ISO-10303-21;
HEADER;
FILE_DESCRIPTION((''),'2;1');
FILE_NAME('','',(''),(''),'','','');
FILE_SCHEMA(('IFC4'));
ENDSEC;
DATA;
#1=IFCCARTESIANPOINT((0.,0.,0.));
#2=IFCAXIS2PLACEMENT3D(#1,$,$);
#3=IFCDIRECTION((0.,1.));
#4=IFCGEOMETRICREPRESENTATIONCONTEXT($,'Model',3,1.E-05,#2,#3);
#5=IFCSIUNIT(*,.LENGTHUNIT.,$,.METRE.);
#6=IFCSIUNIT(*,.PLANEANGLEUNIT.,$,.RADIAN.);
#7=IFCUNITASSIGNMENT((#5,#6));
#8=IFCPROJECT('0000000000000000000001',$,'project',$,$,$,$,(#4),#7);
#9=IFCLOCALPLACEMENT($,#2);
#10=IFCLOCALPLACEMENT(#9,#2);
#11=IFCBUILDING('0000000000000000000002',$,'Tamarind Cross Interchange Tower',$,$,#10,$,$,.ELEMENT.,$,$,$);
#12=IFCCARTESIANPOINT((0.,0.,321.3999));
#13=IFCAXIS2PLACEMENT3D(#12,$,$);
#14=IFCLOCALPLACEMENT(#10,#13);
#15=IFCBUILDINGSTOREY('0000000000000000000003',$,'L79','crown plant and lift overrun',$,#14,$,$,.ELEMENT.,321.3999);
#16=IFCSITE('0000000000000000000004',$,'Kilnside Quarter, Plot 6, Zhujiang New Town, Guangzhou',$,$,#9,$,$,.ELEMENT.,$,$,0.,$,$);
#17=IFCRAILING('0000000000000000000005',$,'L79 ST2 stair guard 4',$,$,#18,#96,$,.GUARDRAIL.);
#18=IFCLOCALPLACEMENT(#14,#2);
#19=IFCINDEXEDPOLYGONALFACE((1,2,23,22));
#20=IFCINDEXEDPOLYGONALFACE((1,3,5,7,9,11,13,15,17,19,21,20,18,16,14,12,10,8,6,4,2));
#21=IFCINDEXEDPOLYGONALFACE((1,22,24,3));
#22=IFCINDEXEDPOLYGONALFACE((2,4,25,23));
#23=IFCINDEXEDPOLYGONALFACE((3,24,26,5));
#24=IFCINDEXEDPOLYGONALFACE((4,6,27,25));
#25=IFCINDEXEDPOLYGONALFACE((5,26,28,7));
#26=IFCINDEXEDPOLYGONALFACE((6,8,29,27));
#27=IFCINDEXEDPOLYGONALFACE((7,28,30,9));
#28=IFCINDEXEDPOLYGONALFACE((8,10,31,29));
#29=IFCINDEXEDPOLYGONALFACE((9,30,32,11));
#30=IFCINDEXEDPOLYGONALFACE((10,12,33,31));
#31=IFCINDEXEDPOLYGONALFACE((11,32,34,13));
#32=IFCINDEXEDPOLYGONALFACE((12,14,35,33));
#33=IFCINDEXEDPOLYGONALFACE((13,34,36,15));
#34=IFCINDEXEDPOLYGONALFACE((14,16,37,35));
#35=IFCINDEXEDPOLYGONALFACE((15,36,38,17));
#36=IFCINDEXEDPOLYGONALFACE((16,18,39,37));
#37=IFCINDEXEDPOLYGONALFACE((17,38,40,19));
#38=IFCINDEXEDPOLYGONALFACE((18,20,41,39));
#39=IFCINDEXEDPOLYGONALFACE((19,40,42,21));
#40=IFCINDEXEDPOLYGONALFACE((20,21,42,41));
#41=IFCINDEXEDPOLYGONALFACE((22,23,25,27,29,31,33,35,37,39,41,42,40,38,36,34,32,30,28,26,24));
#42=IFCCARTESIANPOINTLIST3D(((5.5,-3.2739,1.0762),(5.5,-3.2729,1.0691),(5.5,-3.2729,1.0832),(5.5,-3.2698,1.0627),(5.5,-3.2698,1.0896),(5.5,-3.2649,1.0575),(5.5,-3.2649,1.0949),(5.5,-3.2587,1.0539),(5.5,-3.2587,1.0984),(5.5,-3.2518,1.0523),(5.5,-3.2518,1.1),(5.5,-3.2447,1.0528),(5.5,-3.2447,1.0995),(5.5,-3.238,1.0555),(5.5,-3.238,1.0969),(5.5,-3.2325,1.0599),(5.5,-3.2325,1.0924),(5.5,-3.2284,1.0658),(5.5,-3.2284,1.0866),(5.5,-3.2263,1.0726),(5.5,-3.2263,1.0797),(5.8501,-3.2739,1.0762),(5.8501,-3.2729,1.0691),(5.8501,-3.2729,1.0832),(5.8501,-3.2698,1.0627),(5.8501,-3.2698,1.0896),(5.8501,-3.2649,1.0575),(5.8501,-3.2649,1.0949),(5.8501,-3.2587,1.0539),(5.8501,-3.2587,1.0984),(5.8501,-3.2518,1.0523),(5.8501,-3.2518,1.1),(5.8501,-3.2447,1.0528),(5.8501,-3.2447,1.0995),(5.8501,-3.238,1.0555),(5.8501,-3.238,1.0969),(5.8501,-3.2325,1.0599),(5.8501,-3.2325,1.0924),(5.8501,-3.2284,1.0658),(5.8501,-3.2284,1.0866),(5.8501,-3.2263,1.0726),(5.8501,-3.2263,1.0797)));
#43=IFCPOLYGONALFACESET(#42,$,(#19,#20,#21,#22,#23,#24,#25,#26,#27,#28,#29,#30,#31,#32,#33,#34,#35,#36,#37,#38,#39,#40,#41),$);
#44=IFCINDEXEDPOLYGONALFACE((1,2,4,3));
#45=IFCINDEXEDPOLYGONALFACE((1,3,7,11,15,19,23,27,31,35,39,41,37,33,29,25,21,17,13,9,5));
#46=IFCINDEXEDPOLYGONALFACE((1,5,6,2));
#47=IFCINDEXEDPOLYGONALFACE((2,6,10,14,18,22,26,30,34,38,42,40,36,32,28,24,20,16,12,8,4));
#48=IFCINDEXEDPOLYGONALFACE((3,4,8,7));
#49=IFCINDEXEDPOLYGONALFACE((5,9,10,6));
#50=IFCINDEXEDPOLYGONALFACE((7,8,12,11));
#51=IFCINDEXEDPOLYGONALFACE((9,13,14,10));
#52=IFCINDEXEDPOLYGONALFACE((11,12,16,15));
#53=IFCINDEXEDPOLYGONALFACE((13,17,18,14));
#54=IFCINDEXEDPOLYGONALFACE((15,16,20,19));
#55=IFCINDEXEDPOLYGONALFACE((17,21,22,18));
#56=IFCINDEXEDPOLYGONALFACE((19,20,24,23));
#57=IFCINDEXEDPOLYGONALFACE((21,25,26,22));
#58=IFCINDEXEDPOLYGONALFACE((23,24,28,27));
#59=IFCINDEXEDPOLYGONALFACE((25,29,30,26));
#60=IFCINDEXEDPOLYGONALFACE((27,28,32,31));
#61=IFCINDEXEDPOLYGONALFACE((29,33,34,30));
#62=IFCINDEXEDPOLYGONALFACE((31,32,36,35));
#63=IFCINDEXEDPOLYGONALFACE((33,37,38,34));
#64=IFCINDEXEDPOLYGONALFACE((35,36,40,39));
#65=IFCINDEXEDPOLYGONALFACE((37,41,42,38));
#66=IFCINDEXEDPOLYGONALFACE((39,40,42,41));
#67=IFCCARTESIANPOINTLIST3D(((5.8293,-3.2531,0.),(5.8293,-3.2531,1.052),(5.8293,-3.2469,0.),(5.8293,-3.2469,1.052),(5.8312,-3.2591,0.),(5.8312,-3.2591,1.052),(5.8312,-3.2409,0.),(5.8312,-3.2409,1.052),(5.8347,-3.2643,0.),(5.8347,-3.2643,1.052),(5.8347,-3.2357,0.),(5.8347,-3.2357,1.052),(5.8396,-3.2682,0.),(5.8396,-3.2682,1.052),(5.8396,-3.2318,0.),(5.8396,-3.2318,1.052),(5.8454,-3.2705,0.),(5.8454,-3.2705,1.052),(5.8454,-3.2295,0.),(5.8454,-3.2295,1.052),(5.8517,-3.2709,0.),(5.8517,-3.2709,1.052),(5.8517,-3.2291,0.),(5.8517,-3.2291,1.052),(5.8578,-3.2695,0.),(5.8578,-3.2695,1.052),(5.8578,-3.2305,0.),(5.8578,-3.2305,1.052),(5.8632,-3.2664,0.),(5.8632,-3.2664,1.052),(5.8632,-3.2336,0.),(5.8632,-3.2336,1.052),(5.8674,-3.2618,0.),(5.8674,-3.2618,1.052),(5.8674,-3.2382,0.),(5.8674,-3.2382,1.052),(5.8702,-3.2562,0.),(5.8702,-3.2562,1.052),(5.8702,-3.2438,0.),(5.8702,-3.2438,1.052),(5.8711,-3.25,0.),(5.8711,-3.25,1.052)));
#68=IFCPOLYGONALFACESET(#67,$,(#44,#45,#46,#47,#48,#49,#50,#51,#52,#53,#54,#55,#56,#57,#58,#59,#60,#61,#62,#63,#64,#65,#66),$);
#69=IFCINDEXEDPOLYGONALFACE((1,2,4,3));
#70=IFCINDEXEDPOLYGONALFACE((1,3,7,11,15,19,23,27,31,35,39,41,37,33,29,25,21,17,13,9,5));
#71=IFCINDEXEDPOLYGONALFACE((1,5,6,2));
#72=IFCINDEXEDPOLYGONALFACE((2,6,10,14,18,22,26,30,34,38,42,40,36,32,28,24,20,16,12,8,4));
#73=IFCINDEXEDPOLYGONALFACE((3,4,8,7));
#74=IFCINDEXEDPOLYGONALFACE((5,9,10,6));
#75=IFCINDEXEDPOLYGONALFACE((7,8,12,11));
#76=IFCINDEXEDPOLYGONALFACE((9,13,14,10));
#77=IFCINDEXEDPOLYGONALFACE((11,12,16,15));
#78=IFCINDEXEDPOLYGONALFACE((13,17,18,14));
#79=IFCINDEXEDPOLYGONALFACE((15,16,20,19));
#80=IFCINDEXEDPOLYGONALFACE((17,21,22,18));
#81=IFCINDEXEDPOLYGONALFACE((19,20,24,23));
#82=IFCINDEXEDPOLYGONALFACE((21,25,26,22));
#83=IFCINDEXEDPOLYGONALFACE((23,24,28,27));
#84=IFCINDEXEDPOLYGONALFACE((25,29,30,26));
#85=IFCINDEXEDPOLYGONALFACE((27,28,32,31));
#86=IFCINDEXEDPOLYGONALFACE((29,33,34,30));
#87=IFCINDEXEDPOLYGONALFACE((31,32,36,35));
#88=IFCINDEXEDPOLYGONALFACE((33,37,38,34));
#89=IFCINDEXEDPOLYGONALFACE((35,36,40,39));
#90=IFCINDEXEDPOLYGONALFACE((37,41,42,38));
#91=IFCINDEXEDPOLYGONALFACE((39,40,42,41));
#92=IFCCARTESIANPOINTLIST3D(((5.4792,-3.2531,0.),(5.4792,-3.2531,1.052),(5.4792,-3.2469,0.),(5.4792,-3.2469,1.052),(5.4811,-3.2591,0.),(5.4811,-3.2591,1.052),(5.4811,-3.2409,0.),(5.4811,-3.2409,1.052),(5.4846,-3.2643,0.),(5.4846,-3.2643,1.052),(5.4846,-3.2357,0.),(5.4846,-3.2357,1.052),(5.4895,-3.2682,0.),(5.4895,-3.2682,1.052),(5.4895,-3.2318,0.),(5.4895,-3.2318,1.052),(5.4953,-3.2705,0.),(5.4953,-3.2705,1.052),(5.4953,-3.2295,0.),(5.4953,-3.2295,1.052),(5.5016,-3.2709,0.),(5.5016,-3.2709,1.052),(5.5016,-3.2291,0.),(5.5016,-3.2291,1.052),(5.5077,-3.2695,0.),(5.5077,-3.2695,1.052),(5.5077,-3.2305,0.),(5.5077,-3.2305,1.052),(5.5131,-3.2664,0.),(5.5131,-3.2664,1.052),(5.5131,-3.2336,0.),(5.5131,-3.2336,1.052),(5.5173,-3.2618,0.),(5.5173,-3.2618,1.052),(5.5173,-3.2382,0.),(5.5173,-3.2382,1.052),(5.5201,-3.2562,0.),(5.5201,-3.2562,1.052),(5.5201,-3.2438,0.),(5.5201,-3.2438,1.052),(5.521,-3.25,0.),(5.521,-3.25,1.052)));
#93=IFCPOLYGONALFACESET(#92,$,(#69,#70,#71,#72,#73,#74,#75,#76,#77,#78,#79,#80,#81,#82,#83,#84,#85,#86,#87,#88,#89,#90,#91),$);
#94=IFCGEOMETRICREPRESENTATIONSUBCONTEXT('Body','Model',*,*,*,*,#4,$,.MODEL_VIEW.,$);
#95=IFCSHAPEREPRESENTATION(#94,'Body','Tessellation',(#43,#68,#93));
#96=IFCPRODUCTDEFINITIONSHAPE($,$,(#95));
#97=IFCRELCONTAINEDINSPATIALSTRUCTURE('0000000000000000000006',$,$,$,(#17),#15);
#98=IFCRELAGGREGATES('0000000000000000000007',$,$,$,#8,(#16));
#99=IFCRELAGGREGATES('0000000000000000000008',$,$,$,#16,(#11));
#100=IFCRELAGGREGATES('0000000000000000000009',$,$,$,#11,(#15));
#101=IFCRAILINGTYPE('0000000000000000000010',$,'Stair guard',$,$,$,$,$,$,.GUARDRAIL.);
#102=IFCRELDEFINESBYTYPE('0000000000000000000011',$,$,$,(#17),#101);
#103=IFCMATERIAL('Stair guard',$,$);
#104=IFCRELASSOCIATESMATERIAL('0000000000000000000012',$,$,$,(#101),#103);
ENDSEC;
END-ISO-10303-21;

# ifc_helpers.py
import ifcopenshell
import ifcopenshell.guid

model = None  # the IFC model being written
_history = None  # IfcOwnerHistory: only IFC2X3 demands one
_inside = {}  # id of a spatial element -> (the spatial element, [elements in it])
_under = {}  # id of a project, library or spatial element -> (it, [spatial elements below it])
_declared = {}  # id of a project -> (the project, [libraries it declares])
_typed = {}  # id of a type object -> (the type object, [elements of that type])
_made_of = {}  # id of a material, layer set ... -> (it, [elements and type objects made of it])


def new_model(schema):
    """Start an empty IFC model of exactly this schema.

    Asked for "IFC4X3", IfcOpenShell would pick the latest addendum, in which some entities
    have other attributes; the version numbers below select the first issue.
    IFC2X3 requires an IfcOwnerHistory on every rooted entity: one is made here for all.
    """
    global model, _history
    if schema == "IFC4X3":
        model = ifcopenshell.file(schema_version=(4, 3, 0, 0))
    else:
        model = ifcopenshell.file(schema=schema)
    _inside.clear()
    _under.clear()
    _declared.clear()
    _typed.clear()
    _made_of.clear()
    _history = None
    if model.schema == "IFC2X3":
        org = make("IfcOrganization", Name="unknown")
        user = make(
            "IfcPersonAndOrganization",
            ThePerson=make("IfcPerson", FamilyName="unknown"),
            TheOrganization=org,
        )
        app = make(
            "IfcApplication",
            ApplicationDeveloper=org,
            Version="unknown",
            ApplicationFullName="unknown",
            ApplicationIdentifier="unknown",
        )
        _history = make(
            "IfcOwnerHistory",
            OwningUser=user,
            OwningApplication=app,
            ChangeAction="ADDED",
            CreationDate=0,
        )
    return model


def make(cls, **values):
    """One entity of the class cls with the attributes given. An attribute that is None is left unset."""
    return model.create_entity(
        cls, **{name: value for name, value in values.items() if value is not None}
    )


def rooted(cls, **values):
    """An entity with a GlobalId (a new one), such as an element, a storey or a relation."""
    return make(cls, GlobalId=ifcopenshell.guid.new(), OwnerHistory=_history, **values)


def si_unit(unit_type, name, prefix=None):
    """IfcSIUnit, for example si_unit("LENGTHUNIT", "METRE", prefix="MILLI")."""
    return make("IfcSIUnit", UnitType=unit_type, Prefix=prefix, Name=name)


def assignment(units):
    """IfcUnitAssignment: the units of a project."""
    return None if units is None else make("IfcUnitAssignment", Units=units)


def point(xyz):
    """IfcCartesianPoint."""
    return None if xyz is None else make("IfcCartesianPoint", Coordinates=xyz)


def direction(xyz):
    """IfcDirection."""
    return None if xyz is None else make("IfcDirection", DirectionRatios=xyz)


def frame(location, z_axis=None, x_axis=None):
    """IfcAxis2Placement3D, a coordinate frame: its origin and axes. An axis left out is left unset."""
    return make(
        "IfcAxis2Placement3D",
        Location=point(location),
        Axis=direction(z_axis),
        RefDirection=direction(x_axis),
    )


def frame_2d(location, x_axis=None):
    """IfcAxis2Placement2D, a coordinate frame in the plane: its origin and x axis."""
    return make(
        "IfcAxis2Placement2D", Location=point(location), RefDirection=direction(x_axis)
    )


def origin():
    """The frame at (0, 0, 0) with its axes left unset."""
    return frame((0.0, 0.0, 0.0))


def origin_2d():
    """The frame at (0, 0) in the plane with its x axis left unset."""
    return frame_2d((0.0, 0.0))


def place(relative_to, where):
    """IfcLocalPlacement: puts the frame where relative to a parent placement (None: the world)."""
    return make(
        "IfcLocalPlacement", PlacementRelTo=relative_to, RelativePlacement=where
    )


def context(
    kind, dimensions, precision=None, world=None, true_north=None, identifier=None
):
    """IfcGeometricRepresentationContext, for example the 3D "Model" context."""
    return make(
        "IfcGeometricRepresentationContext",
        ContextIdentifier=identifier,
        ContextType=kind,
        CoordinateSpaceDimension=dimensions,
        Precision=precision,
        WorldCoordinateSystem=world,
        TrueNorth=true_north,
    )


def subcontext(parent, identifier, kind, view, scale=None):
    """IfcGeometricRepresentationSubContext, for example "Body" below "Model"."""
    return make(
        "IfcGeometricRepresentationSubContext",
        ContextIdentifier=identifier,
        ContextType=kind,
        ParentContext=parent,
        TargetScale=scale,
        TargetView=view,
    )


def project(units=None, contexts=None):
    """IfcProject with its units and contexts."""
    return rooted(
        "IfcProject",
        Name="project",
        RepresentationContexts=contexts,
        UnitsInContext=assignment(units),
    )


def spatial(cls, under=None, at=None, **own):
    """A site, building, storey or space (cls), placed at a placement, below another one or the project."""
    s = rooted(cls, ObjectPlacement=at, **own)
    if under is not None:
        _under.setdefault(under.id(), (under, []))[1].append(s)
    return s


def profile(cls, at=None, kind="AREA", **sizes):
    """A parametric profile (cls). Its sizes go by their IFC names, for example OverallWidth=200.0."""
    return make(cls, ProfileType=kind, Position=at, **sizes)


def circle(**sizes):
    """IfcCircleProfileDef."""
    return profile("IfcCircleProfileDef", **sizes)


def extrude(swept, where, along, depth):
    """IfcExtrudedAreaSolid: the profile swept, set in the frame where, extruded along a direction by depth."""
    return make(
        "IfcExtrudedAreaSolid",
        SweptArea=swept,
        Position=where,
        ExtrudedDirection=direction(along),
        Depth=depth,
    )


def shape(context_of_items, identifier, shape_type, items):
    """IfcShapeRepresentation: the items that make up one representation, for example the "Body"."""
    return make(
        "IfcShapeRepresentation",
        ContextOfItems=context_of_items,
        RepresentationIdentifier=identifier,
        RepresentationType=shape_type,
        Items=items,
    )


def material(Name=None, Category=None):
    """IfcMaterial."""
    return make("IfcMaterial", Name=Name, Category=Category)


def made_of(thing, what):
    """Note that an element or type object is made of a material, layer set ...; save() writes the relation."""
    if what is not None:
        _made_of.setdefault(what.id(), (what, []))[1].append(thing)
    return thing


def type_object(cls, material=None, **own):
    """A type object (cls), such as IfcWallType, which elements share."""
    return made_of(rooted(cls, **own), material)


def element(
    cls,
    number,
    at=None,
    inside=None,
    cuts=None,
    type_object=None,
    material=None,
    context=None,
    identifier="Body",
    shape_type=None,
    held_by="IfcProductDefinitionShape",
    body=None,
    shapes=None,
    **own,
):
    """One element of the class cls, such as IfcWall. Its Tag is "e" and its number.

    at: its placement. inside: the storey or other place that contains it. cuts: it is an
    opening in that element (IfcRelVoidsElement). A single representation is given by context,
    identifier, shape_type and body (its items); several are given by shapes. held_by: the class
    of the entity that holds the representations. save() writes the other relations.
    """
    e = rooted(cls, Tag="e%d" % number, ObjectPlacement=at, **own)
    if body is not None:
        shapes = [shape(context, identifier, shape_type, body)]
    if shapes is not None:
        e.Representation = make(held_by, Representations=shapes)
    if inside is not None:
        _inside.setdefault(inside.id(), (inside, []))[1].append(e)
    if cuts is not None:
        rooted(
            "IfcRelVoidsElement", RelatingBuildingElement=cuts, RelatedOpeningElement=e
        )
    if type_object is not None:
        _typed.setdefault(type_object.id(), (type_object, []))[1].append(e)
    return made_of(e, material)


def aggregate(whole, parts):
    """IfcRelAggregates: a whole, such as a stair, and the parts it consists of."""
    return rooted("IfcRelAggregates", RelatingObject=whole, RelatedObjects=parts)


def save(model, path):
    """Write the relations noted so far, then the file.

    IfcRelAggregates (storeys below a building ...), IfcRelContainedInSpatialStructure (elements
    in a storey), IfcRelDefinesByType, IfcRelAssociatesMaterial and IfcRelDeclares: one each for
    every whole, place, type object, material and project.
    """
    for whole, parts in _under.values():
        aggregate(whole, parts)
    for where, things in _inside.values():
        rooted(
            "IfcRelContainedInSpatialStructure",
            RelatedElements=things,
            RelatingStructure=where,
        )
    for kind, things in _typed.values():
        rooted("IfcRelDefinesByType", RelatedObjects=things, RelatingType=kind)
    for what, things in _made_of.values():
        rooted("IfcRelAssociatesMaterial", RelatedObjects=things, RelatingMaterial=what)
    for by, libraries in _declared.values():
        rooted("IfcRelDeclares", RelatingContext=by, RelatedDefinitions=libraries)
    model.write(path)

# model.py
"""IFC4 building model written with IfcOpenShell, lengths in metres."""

from ifc_helpers import new_model, si_unit, direction, frame, origin, origin_2d, place, context, subcontext, project, spatial, circle, extrude, material, type_object, element, save


model = new_model("IFC4")

# Units and contexts
model_context = context("Model", 3, precision=1e-05, world=origin(), true_north=direction((0.0, 1.0)))
body_context = subcontext(model_context, "Body", "Model", "MODEL_VIEW")
ifc_project = project(units=[si_unit("LENGTHUNIT", "METRE"), si_unit("PLANEANGLEUNIT", "RADIAN")], contexts=[model_context])

# Site, building, storey
site_placement = place(None, origin())
site = spatial("IfcSite", under=ifc_project, at=site_placement, Name="Kilnside Quarter, Plot 6, Zhujiang New Town, Guangzhou", CompositionType="ELEMENT", RefElevation=0.0)
building_placement = place(site_placement, origin())
building = spatial("IfcBuilding", under=site, at=building_placement, Name="Tamarind Cross Interchange Tower", CompositionType="ELEMENT")
storey_placement = place(building_placement, frame((0.0, 0.0, 321.3999)))
storey = spatial("IfcBuildingStorey", under=building, at=storey_placement, Name="L79", Description="crown plant and lift overrun", CompositionType="ELEMENT", Elevation=321.3999)

# Railing
ifc_material_1 = material(Name="Stair guard")
railing_type_1 = type_object("IfcRailingType", Name="Stair guard", PredefinedType="GUARDRAIL", material=ifc_material_1)
railing_1_placement = place(storey_placement, frame((5.8501, -3.25, 0.0)))
element("IfcRailing", 1, at=railing_1_placement, inside=storey, type_object=railing_type_1, Name="L79 ST2 stair guard 4", PredefinedType="GUARDRAIL", context=body_context, shape_type="SweptSolid", body=[
    extrude(circle(Radius=0.0239, at=origin_2d()), frame((0.0, 0.0, 1.0762), z_axis=(-1.0, 0.0, 0.0), x_axis=(0.0, -1.0, 0.0)), (0.0, 0.0, 1.0), 0.3501),
    extrude(circle(Radius=0.021, at=origin_2d()), origin(), (0.0, 0.0, 1.0), 1.052),
    extrude(circle(Radius=0.021, at=origin_2d()), frame((-0.3501, 0.0, 0.0)), (0.0, 0.0, 1.0), 1.052),
])

save(model, "model.ifc")
